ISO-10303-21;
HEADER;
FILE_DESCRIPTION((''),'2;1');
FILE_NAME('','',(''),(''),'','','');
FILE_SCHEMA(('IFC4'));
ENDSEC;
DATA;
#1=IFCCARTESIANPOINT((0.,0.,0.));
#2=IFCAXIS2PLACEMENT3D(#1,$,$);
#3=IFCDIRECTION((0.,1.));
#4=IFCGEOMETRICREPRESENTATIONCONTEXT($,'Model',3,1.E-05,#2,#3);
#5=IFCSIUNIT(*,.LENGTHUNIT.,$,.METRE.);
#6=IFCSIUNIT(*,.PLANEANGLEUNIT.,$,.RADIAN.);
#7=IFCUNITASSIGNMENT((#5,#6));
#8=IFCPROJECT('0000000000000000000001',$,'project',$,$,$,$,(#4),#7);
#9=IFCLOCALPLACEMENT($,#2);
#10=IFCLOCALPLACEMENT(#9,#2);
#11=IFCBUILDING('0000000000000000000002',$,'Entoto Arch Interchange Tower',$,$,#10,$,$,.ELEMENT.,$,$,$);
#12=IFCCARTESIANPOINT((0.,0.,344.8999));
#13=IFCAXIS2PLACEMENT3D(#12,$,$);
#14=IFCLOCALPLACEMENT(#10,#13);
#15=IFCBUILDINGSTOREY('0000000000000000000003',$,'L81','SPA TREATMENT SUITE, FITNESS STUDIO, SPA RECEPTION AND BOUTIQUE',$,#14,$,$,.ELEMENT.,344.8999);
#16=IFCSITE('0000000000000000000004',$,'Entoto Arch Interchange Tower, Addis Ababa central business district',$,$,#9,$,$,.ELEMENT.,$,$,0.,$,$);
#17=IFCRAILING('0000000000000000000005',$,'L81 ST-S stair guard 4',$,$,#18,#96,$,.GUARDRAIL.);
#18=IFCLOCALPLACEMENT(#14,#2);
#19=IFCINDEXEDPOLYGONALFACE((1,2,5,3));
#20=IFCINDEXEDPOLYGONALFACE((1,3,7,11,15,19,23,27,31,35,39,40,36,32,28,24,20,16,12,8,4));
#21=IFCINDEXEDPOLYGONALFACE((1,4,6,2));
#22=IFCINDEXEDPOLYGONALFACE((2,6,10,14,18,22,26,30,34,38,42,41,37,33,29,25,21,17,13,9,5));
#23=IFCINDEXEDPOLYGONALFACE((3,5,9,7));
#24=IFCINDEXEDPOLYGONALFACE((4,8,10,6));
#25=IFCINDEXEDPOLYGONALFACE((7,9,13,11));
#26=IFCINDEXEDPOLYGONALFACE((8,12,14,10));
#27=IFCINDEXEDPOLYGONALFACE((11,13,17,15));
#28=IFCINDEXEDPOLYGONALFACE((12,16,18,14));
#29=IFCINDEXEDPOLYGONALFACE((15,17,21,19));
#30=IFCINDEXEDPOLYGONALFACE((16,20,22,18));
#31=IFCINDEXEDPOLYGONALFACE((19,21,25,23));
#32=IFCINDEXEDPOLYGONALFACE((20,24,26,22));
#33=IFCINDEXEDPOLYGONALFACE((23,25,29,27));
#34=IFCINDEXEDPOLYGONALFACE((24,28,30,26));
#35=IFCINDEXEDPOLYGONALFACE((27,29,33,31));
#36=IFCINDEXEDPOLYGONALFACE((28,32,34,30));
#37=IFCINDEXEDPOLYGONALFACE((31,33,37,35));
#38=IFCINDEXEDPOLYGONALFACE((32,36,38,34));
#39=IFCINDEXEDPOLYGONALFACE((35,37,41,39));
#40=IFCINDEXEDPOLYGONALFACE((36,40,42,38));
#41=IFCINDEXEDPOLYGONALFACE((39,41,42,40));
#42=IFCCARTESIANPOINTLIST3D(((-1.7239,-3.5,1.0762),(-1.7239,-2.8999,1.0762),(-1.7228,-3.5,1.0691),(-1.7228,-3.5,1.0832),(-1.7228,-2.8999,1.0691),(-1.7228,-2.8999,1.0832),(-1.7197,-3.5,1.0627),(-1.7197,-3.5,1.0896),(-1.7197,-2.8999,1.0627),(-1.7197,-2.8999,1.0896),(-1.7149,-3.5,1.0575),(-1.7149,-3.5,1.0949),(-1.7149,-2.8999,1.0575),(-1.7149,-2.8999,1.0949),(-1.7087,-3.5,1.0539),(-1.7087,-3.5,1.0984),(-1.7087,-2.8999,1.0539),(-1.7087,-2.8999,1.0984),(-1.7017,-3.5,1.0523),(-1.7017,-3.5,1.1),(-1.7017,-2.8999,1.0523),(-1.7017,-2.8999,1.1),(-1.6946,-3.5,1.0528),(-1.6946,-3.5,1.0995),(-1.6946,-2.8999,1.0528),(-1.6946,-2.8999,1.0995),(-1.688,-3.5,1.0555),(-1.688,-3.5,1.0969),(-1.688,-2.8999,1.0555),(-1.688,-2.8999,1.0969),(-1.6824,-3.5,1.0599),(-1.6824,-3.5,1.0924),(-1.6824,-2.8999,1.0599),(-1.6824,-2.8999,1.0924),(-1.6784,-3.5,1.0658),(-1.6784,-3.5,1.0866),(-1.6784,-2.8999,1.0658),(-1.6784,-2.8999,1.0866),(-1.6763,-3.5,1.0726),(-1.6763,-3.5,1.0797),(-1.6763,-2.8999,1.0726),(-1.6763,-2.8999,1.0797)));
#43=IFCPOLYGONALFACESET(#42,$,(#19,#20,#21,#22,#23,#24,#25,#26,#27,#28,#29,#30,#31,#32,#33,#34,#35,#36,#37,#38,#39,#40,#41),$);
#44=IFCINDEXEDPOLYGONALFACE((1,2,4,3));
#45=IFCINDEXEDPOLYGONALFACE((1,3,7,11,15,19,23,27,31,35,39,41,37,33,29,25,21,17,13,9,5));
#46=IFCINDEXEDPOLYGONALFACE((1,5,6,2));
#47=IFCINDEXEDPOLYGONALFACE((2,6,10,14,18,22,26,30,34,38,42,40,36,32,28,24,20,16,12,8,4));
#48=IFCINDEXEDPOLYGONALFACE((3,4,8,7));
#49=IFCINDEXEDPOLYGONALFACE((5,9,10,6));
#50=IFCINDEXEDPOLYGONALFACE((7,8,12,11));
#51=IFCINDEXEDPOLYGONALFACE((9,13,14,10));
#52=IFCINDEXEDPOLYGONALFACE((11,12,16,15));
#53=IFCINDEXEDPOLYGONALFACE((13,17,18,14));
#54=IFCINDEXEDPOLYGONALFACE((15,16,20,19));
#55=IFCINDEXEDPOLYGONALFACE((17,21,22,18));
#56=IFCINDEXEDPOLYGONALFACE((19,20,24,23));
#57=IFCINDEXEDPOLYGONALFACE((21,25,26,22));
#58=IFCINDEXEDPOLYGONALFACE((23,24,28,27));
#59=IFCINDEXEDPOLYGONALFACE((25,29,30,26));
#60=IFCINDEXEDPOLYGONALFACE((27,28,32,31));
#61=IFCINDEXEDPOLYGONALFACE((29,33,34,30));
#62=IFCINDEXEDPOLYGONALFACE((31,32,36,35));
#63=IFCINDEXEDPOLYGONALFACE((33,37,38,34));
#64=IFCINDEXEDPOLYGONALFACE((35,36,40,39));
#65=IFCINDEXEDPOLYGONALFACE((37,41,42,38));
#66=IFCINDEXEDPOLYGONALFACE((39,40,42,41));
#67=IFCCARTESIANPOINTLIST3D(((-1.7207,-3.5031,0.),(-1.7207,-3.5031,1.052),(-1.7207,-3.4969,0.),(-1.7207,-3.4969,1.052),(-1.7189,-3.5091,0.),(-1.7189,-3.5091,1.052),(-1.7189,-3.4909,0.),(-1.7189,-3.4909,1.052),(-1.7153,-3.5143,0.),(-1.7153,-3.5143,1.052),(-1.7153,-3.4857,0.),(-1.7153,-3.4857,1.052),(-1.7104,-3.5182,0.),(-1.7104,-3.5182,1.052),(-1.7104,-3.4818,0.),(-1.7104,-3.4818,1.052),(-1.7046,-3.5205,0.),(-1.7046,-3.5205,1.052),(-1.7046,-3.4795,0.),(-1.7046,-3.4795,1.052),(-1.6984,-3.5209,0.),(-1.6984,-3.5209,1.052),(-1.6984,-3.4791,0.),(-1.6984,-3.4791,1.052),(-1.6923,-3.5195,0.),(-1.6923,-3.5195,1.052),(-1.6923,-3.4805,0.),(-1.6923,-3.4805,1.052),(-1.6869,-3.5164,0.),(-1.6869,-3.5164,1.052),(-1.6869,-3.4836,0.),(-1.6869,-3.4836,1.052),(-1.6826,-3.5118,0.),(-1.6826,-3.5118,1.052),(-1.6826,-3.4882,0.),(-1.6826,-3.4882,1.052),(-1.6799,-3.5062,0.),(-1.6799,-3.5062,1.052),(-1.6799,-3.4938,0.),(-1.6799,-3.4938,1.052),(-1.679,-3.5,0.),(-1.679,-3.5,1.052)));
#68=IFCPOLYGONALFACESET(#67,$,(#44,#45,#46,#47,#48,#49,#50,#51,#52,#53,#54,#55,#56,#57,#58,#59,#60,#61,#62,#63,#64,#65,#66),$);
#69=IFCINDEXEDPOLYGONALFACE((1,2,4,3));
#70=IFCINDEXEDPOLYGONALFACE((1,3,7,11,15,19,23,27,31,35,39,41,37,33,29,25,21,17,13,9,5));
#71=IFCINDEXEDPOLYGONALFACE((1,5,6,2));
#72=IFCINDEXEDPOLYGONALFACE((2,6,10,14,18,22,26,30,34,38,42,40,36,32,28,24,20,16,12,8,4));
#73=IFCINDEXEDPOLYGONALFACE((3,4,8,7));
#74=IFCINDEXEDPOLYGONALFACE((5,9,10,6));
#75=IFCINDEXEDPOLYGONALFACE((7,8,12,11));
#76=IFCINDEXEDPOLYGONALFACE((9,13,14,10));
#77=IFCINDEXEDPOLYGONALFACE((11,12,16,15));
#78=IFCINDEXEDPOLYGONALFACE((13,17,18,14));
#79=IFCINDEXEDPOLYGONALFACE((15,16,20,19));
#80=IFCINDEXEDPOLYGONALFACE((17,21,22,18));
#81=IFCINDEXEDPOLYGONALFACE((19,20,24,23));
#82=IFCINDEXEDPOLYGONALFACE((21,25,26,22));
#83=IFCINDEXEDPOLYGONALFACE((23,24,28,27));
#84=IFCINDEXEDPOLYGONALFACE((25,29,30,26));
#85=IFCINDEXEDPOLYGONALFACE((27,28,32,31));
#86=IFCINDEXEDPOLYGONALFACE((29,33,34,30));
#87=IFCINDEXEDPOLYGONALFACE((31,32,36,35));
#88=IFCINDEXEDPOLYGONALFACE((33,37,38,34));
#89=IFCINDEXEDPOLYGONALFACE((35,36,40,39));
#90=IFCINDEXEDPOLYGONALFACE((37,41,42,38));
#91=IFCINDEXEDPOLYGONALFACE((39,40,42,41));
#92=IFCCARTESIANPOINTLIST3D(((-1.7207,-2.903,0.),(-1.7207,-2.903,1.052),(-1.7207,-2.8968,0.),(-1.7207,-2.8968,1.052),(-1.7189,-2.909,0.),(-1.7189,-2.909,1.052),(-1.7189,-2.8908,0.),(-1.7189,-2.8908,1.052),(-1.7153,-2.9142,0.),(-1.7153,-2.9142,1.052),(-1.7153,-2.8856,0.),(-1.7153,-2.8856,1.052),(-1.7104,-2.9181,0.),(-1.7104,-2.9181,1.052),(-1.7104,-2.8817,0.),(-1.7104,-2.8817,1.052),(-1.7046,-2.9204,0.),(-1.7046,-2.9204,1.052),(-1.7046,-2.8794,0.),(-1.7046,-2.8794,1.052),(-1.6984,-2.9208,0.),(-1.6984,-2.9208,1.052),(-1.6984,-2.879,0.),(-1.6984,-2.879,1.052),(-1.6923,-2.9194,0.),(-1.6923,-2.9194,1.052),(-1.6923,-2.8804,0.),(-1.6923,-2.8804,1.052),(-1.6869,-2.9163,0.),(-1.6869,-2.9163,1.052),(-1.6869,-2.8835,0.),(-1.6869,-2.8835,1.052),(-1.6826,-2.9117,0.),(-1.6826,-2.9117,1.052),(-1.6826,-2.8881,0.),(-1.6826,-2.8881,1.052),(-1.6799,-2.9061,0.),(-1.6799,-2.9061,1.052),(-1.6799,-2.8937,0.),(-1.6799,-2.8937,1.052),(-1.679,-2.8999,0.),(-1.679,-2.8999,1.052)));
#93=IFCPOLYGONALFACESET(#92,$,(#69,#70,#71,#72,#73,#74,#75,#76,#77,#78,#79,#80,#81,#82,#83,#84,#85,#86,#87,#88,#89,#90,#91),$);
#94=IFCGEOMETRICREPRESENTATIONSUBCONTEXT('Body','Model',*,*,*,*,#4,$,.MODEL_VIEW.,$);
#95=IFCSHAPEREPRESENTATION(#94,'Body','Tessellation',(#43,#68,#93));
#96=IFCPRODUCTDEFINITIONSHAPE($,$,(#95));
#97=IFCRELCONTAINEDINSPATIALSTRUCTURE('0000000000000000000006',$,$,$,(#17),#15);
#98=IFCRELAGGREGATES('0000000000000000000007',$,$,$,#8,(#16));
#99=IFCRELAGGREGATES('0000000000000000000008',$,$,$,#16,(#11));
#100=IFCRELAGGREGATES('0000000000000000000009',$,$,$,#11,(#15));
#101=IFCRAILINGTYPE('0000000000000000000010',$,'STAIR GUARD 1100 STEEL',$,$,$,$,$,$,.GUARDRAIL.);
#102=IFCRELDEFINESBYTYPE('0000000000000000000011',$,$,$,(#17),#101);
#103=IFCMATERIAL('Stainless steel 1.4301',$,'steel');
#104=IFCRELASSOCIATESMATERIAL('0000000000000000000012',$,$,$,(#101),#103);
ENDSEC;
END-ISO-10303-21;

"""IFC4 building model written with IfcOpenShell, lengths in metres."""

from ifc_helpers import new_model, si_unit, direction, frame, origin, origin_2d, place, context, subcontext, project, spatial, circle, extrude, material, type_object, element, save


model = new_model("IFC4")

# Units and contexts
model_context = context("Model", 3, precision=1e-05, world=origin(), true_north=direction((0.0, 1.0)))
body_context = subcontext(model_context, "Body", "Model", "MODEL_VIEW")
ifc_project = project(units=[si_unit("LENGTHUNIT", "METRE"), si_unit("PLANEANGLEUNIT", "RADIAN")], contexts=[model_context])

# Site, building, storey
site_placement = place(None, origin())
site = spatial("IfcSite", under=ifc_project, at=site_placement, Name="Entoto Arch Interchange Tower, Addis Ababa central business district", CompositionType="ELEMENT", RefElevation=0.0)
building_placement = place(site_placement, origin())
building = spatial("IfcBuilding", under=site, at=building_placement, Name="Entoto Arch Interchange Tower", CompositionType="ELEMENT")
storey_placement = place(building_placement, frame((0.0, 0.0, 344.8999)))
storey = spatial("IfcBuildingStorey", under=building, at=storey_placement, Name="L81", Description="SPA TREATMENT SUITE, FITNESS STUDIO, SPA RECEPTION AND BOUTIQUE", CompositionType="ELEMENT", Elevation=344.8999)

# Railing
ifc_material_1 = material(Name="Stainless steel 1.4301", Category="steel")
railing_type_1 = type_object("IfcRailingType", Name="STAIR GUARD 1100 STEEL", PredefinedType="GUARDRAIL", material=ifc_material_1)
railing_1_placement = place(storey_placement, frame((-1.7, -3.5, 0.0)))
element("IfcRailing", 1, at=railing_1_placement, inside=storey, type_object=railing_type_1, Name="L81 ST-S stair guard 4", PredefinedType="GUARDRAIL", context=body_context, shape_type="SweptSolid", body=[
    extrude(circle(Radius=0.0239, at=origin_2d()), frame((0.0, 0.0, 1.0762), z_axis=(0.0, 1.0, 0.0), x_axis=(-1.0, 0.0, 0.0)), (0.0, 0.0, 1.0), 0.6001),
    extrude(circle(Radius=0.021, at=origin_2d()), origin(), (0.0, 0.0, 1.0), 1.052),
    extrude(circle(Radius=0.021, at=origin_2d()), frame((0.0, 0.6001, 0.0)), (0.0, 0.0, 1.0), 1.052),
])

save(model, "model.ifc")
